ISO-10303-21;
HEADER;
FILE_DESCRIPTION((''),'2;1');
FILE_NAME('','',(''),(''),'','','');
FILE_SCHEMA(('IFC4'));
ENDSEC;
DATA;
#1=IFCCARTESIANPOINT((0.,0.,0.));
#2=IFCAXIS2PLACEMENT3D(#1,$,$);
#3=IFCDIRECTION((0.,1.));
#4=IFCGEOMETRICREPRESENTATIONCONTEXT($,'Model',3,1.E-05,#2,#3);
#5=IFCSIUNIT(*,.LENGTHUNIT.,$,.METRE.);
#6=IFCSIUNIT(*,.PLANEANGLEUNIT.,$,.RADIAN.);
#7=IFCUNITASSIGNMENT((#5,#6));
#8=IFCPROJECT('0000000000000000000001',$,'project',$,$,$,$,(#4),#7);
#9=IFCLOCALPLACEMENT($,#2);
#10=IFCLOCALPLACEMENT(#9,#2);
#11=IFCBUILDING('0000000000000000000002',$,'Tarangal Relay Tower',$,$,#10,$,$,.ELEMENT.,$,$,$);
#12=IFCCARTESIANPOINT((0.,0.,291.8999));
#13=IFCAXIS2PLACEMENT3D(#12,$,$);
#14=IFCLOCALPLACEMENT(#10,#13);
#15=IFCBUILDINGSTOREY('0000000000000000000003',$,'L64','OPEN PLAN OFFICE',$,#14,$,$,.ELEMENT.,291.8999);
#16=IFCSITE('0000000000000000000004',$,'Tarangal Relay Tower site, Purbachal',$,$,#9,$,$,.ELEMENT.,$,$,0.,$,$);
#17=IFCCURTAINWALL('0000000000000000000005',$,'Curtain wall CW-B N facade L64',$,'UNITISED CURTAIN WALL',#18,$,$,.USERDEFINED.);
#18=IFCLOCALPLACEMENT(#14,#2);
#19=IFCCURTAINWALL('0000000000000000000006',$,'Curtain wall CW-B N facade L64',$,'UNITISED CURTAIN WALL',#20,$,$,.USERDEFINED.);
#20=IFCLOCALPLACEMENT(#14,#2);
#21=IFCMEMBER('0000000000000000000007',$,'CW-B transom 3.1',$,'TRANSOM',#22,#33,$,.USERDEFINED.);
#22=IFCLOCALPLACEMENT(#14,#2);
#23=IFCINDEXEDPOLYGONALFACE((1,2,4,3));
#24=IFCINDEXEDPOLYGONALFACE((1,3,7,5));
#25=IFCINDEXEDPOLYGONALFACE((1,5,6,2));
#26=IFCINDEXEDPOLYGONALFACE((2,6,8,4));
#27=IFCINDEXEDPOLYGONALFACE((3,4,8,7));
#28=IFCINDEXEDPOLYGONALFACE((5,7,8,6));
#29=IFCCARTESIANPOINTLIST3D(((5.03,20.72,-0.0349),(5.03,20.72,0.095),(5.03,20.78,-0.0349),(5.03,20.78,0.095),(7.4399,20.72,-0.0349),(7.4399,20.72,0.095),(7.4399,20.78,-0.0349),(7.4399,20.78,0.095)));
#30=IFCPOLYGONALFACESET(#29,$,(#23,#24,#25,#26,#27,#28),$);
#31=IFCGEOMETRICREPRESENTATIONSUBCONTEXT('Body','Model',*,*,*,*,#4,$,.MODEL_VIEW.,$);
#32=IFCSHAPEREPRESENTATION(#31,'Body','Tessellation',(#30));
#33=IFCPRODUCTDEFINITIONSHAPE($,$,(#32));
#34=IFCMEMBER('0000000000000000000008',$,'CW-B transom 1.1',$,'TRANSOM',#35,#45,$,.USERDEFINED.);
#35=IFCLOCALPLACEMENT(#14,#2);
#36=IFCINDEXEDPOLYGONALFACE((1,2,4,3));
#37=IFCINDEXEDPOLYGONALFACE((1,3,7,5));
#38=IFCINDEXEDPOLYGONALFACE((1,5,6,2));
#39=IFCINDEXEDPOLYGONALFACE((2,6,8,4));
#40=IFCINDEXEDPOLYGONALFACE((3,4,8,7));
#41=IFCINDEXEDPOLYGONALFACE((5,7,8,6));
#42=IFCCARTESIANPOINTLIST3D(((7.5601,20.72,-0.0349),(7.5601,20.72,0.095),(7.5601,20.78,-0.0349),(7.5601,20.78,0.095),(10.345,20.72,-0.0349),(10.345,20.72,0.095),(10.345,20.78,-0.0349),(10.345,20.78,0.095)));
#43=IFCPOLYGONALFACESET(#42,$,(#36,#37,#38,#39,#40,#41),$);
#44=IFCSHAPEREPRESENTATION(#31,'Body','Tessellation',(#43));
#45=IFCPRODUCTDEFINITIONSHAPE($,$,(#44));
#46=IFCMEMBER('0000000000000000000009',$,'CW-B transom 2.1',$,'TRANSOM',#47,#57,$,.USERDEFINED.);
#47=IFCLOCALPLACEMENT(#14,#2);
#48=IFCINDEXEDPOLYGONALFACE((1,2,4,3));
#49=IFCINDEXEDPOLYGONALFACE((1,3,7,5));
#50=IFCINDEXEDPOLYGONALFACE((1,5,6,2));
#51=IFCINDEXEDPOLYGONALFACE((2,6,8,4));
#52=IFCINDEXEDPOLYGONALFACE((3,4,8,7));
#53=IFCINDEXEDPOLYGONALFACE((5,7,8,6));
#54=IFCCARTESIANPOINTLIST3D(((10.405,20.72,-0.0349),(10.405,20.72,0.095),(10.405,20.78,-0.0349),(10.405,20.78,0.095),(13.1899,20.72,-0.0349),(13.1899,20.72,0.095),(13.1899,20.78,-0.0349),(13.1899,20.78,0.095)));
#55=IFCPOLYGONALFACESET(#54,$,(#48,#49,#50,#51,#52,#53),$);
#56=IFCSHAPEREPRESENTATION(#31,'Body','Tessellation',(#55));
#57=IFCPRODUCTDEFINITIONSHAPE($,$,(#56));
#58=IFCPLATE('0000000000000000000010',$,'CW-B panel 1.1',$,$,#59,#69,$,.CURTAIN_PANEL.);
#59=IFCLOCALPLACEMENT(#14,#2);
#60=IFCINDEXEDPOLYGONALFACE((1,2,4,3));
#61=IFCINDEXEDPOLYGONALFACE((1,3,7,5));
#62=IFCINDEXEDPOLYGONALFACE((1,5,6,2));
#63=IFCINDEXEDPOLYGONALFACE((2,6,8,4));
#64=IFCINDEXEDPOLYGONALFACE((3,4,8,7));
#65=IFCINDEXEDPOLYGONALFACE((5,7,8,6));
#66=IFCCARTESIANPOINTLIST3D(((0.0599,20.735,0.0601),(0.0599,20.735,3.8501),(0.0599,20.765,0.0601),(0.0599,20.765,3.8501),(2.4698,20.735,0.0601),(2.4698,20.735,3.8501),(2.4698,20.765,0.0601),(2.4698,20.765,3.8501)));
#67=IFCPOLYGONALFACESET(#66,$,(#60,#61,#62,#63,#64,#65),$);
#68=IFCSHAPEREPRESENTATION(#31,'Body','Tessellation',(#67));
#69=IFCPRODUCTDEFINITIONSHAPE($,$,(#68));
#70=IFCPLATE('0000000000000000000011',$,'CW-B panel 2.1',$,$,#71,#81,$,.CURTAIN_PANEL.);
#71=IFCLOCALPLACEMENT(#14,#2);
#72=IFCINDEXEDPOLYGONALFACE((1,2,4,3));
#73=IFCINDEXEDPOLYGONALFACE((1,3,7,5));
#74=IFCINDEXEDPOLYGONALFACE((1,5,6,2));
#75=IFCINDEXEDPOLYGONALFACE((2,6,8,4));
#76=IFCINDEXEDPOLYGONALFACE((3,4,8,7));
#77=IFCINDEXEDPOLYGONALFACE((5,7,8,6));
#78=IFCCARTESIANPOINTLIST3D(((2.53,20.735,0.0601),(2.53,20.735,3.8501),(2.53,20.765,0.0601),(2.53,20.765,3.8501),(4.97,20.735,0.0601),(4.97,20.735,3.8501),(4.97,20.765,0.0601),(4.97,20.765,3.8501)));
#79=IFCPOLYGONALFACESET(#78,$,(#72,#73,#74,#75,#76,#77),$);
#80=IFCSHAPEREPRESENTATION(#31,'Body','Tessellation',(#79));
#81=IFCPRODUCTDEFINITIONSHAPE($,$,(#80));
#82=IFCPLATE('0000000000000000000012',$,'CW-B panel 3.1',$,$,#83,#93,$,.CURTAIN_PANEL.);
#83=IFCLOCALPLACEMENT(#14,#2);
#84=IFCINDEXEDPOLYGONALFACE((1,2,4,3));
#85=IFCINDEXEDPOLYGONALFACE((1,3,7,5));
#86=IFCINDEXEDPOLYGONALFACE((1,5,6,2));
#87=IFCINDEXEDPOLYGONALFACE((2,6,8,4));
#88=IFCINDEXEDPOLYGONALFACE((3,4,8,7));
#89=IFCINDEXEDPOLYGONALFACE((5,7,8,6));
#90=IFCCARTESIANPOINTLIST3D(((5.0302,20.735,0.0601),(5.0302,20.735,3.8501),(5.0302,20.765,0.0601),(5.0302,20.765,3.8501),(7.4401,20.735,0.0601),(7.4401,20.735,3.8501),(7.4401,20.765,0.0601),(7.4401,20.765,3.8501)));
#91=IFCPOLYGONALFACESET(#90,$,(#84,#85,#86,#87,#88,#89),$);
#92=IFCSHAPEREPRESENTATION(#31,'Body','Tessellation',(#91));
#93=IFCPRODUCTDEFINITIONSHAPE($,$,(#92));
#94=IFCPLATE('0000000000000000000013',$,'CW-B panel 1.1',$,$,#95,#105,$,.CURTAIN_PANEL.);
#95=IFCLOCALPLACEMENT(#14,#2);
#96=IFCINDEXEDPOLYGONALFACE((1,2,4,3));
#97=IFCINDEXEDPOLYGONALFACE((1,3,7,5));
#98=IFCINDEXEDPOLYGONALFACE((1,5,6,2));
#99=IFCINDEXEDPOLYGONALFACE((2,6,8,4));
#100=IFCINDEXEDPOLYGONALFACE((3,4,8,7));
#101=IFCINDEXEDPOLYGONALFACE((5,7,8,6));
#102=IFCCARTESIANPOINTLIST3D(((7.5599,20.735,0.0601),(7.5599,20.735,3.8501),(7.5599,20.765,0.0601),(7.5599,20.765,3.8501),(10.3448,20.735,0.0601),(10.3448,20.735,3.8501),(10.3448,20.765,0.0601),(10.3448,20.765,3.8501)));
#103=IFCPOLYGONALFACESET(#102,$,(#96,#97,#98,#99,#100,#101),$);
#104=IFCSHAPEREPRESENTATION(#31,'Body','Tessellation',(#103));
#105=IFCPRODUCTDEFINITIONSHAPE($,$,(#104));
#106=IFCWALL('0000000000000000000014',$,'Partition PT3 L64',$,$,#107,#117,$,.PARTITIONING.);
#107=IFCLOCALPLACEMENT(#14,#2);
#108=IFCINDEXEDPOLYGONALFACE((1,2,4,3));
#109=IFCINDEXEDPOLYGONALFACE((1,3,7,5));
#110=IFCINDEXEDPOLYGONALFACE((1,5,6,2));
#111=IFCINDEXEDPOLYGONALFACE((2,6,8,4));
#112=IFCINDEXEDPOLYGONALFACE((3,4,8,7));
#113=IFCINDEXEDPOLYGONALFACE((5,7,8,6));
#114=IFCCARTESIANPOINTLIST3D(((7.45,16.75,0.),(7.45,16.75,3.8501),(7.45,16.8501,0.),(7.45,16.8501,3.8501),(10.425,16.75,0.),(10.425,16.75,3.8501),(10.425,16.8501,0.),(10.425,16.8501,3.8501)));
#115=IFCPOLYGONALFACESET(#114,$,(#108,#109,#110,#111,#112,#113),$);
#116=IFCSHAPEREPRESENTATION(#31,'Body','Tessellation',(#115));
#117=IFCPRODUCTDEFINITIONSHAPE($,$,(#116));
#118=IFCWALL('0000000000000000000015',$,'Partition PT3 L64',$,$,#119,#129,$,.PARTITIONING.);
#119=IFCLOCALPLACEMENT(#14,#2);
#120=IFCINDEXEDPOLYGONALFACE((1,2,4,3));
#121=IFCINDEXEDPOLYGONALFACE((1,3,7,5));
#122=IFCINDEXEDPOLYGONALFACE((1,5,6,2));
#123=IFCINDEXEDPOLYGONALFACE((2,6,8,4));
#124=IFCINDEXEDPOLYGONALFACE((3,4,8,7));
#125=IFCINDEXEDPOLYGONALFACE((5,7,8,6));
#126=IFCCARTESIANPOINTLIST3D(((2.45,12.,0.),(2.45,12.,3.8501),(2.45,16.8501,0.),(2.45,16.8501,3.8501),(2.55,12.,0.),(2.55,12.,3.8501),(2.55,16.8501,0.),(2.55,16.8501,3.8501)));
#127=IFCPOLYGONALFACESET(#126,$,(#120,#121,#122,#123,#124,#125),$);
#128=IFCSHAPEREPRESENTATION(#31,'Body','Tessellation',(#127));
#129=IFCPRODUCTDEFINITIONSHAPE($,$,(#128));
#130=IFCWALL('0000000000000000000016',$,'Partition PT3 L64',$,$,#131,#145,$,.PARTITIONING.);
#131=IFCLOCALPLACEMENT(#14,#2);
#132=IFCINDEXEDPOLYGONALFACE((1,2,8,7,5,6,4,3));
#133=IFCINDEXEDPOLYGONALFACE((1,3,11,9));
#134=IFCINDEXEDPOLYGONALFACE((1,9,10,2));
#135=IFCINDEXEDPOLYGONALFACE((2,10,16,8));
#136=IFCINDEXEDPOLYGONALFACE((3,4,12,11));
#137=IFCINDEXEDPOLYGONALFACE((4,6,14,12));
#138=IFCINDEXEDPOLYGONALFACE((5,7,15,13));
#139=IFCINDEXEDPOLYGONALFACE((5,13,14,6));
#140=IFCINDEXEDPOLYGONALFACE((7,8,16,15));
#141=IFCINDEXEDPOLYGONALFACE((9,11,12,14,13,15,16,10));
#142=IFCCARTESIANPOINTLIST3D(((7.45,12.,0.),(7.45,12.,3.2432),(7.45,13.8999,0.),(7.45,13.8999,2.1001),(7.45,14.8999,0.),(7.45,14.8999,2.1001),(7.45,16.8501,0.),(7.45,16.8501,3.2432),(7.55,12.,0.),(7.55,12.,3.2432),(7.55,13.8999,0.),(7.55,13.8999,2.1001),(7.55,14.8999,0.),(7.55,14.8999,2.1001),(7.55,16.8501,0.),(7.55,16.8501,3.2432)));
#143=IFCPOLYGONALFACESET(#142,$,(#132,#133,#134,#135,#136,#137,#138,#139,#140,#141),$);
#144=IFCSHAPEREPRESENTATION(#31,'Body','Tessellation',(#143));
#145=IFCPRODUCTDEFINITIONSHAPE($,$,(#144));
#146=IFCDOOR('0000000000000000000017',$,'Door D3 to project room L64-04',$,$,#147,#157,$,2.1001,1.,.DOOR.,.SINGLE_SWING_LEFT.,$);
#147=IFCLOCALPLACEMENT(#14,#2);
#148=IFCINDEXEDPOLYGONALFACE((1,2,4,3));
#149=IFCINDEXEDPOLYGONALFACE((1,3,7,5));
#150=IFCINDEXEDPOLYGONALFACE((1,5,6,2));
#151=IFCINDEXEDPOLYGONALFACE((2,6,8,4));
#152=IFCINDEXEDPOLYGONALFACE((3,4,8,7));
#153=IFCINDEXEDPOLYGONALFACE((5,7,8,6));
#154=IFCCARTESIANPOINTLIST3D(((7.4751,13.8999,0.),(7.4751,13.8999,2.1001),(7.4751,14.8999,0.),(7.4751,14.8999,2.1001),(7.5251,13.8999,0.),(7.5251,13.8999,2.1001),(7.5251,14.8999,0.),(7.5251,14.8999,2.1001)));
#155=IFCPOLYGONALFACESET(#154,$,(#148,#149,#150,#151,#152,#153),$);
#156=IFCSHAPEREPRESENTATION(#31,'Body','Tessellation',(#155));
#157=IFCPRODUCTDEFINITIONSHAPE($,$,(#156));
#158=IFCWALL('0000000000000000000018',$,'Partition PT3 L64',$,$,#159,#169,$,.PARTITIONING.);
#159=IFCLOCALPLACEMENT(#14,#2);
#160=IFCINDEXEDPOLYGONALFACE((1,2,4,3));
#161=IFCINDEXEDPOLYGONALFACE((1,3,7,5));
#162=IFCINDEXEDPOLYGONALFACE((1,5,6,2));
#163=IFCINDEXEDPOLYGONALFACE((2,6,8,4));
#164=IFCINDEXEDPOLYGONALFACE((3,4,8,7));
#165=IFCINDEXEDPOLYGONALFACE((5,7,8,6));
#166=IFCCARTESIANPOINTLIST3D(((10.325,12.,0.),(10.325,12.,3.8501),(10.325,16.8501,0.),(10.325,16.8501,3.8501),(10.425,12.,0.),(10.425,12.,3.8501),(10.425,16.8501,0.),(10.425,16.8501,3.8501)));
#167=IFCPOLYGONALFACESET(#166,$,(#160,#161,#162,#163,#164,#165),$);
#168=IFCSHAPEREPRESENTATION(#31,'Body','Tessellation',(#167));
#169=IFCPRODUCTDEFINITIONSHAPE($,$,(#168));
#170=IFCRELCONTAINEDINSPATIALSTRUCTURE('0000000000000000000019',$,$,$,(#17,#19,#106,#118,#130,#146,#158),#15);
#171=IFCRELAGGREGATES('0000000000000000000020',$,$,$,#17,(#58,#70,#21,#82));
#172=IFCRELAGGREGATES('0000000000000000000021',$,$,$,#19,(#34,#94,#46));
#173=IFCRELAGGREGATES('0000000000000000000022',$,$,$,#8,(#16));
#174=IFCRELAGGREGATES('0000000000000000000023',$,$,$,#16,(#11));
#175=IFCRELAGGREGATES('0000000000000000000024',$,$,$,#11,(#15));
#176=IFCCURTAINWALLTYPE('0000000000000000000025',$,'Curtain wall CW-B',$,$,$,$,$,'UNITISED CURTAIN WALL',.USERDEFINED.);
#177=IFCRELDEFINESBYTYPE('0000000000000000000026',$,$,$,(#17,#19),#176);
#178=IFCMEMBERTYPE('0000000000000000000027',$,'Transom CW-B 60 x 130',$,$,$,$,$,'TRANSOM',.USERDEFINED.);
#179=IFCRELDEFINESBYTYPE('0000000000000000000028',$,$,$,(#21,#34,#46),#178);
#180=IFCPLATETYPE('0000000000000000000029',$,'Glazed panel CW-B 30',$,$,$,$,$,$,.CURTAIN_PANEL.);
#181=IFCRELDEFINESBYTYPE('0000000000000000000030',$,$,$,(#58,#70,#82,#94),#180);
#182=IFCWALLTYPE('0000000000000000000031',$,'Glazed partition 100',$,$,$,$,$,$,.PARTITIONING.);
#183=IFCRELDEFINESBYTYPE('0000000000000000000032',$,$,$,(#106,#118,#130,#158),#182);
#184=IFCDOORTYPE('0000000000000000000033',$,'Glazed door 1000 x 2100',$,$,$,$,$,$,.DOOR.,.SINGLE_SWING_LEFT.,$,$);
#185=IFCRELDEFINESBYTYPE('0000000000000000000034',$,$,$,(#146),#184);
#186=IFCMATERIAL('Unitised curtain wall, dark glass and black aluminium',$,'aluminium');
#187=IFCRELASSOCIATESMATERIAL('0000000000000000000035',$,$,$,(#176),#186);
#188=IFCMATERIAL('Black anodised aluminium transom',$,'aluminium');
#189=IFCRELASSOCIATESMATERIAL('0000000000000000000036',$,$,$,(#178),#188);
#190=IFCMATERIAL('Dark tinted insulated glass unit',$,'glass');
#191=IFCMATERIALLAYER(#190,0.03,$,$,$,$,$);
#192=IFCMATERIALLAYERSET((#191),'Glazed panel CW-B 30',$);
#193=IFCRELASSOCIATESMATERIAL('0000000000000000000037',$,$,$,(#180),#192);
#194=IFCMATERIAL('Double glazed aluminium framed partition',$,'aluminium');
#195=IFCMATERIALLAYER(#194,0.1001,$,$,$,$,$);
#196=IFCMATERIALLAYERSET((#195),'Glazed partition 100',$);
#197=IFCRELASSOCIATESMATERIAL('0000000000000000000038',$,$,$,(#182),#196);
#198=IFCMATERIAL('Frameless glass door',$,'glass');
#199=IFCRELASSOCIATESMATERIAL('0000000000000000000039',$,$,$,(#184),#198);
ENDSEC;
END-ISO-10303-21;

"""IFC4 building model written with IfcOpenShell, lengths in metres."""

from ifc_helpers import new_model, si_unit, direction, frame, frame_2d, origin, origin_2d, place, context, subcontext, project, spatial, rectangle, extrude, material, layer, layer_set, material_profile, profile_set, type_object, element, fill, aggregate, save


model = new_model("IFC4")

# Units and contexts
model_context = context("Model", 3, precision=1e-05, world=origin(), true_north=direction((0.0, 1.0)))
body_context = subcontext(model_context, "Body", "Model", "MODEL_VIEW")
ifc_project = project(units=[si_unit("LENGTHUNIT", "METRE"), si_unit("PLANEANGLEUNIT", "RADIAN")], contexts=[model_context])

# Site, building, storey
site_placement = place(None, origin())
site = spatial("IfcSite", under=ifc_project, at=site_placement, Name="Tarangal Relay Tower site, Purbachal", CompositionType="ELEMENT", RefElevation=0.0)
building_placement = place(site_placement, origin())
building = spatial("IfcBuilding", under=site, at=building_placement, Name="Tarangal Relay Tower", CompositionType="ELEMENT")
storey_placement = place(building_placement, frame((0.0, 0.0, 291.8999)))
storey = spatial("IfcBuildingStorey", under=building, at=storey_placement, Name="L64", Description="OPEN PLAN OFFICE", CompositionType="ELEMENT", Elevation=291.8999)

# Curtain walls
ifc_material_1 = material(Name="Unitised curtain wall, dark glass and black aluminium", Category="aluminium")
curtain_wall_type = type_object("IfcCurtainWallType", Name="Curtain wall CW-B", ElementType="UNITISED CURTAIN WALL", PredefinedType="USERDEFINED", material=ifc_material_1)
curtain_wall_1_placement = place(storey_placement, origin())
curtain_wall_1 = element("IfcCurtainWall", 1, at=curtain_wall_1_placement, inside=storey, type_object=curtain_wall_type, Name="Curtain wall CW-B N facade L64", ObjectType="UNITISED CURTAIN WALL", PredefinedType="USERDEFINED")
curtain_wall_2_placement = place(storey_placement, origin())
curtain_wall_2 = element("IfcCurtainWall", 2, at=curtain_wall_2_placement, inside=storey, type_object=curtain_wall_type, Name="Curtain wall CW-B N facade L64", ObjectType="UNITISED CURTAIN WALL", PredefinedType="USERDEFINED")

# Members
ifc_material_2 = material(Name="Black anodised aluminium transom", Category="aluminium")
ifc_material_profile_1 = material_profile(ifc_material_2, rectangle(XDim=0.0601, YDim=0.1299, at=origin_2d()), Name="CW-BT 60X130")
ifc_profile_set_1 = profile_set([ifc_material_profile_1], Name="Black anodised aluminium transom")
member_type_1 = type_object("IfcMemberType", Name="Transom CW-B 60 x 130", ElementType="TRANSOM", PredefinedType="USERDEFINED", material=ifc_profile_set_1)
member_1_placement = place(storey_placement, frame((5.03, 20.75, 0.03), z_axis=(1.0, 0.0, 0.0), x_axis=(0.0, 1.0, 0.0)))
member_1 = element("IfcMember", 3, at=member_1_placement, type_object=member_type_1, Name="CW-B transom 3.1", ObjectType="TRANSOM", PredefinedType="USERDEFINED", context=body_context, shape_type="SweptSolid", body=[
    extrude(rectangle(XDim=0.0601, YDim=0.1299, at=origin_2d()), origin(), (0.0, 0.0, 1.0), 2.4099),
])
member_2_placement = place(storey_placement, frame((7.5601, 20.75, 0.03), z_axis=(1.0, 0.0, 0.0), x_axis=(0.0, 1.0, 0.0)))
member_2 = element("IfcMember", 4, at=member_2_placement, type_object=member_type_1, Name="CW-B transom 1.1", ObjectType="TRANSOM", PredefinedType="USERDEFINED", context=body_context, shape_type="SweptSolid", body=[
    extrude(rectangle(XDim=0.0601, YDim=0.1299, at=origin_2d()), origin(), (0.0, 0.0, 1.0), 2.7849),
])
member_3_placement = place(storey_placement, frame((10.405, 20.75, 0.03), z_axis=(1.0, 0.0, 0.0), x_axis=(0.0, 1.0, 0.0)))
member_3 = element("IfcMember", 5, at=member_3_placement, type_object=member_type_1, Name="CW-B transom 2.1", ObjectType="TRANSOM", PredefinedType="USERDEFINED", context=body_context, shape_type="SweptSolid", body=[
    extrude(rectangle(XDim=0.0601, YDim=0.1299, at=origin_2d()), origin(), (0.0, 0.0, 1.0), 2.7849),
])

# Plates
ifc_material_3 = material(Name="Dark tinted insulated glass unit", Category="glass")
ifc_layer_1 = layer(ifc_material_3, 0.03)
ifc_layer_set_1 = layer_set([ifc_layer_1], Name="Glazed panel CW-B 30")
plate_type = type_object("IfcPlateType", Name="Glazed panel CW-B 30", PredefinedType="CURTAIN_PANEL", material=ifc_layer_set_1)
plate_1_placement = place(storey_placement, frame((1.2649, 20.75, 0.0601), z_axis=(0.0, 0.0, 1.0), x_axis=(1.0, 0.0, 0.0)))
plate_1 = element("IfcPlate", 6, at=plate_1_placement, type_object=plate_type, Name="CW-B panel 1.1", PredefinedType="CURTAIN_PANEL", context=body_context, shape_type="SweptSolid", body=[
    extrude(rectangle(XDim=2.4099, YDim=0.03, at=origin_2d()), origin(), (0.0, 0.0, 1.0), 3.79),
])
plate_2_placement = place(storey_placement, frame((3.75, 20.75, 0.0601), z_axis=(0.0, 0.0, 1.0), x_axis=(1.0, 0.0, 0.0)))
plate_2 = element("IfcPlate", 7, at=plate_2_placement, type_object=plate_type, Name="CW-B panel 2.1", PredefinedType="CURTAIN_PANEL", context=body_context, shape_type="SweptSolid", body=[
    extrude(rectangle(XDim=2.4399, YDim=0.03, at=origin_2d()), origin(), (0.0, 0.0, 1.0), 3.79),
])
plate_3_placement = place(storey_placement, frame((6.2351, 20.75, 0.0601), z_axis=(0.0, 0.0, 1.0), x_axis=(1.0, 0.0, 0.0)))
plate_3 = element("IfcPlate", 8, at=plate_3_placement, type_object=plate_type, Name="CW-B panel 3.1", PredefinedType="CURTAIN_PANEL", context=body_context, shape_type="SweptSolid", body=[
    extrude(rectangle(XDim=2.4099, YDim=0.03, at=origin_2d()), origin(), (0.0, 0.0, 1.0), 3.79),
])
aggregate(curtain_wall_1, [plate_1, plate_2, member_1, plate_3])
plate_4_placement = place(storey_placement, frame((8.9524, 20.75, 0.0601), z_axis=(0.0, 0.0, 1.0), x_axis=(1.0, 0.0, 0.0)))
plate_4 = element("IfcPlate", 9, at=plate_4_placement, type_object=plate_type, Name="CW-B panel 1.1", PredefinedType="CURTAIN_PANEL", context=body_context, shape_type="SweptSolid", body=[
    extrude(rectangle(XDim=2.7849, YDim=0.03, at=origin_2d()), origin(), (0.0, 0.0, 1.0), 3.79),
])
aggregate(curtain_wall_2, [member_2, plate_4, member_3])

# Walls
ifc_material_4 = material(Name="Double glazed aluminium framed partition", Category="aluminium")
ifc_layer_2 = layer(ifc_material_4, 0.1001)
ifc_layer_set_2 = layer_set([ifc_layer_2], Name="Glazed partition 100")
wall_type = type_object("IfcWallType", Name="Glazed partition 100", PredefinedType="PARTITIONING", material=ifc_layer_set_2)
wall_1_placement = place(storey_placement, frame((7.45, 16.8, 0.0), z_axis=(0.0, 0.0, 1.0), x_axis=(1.0, 0.0, 0.0)))
element("IfcWall", 10, at=wall_1_placement, inside=storey, type_object=wall_type, Name="Partition PT3 L64", PredefinedType="PARTITIONING", context=body_context, shape_type="SweptSolid", body=[
    extrude(rectangle(XDim=2.9751, YDim=0.1001, at=frame_2d((1.4875, 0.0))), origin(), (0.0, 0.0, 1.0), 3.8501),
])
wall_2_placement = place(storey_placement, frame((2.5, 12.0, 0.0), z_axis=(0.0, 0.0, 1.0), x_axis=(0.0, 1.0, 0.0)))
element("IfcWall", 11, at=wall_2_placement, inside=storey, type_object=wall_type, Name="Partition PT3 L64", PredefinedType="PARTITIONING", context=body_context, shape_type="SweptSolid", body=[
    extrude(rectangle(XDim=4.8501, YDim=0.1001, at=frame_2d((2.425, 0.0))), origin(), (0.0, 0.0, 1.0), 3.8501),
])

# Wall, opening, door
wall_3_placement = place(storey_placement, frame((7.5, 12.0, 0.0), z_axis=(0.0, 0.0, 1.0), x_axis=(0.0, 1.0, 0.0)))
wall_3 = element("IfcWall", 12, at=wall_3_placement, inside=storey, type_object=wall_type, Name="Partition PT3 L64", PredefinedType="PARTITIONING", context=body_context, shape_type="SweptSolid", body=[
    extrude(rectangle(XDim=4.8501, YDim=0.1001, at=frame_2d((2.425, 0.0))), origin(), (0.0, 0.0, 1.0), 3.2432),
])
opening_placement = place(wall_3_placement, frame((1.8999, 0.0, 0.0)))
opening = element("IfcOpeningElement", 13, at=opening_placement, cuts=wall_3, PredefinedType="OPENING", context=body_context, shape_type="SweptSolid", body=[
    extrude(rectangle(XDim=1.0, YDim=2.1001, at=frame_2d((0.5, 1.05))), frame((0.0, 0.0601, 0.0), z_axis=(0.0, -1.0, 0.0), x_axis=(1.0, 0.0, 0.0)), (0.0, 0.0, 1.0), 0.1201),
])
ifc_material_5 = material(Name="Frameless glass door", Category="glass")
door_type = type_object("IfcDoorType", Name="Glazed door 1000 x 2100", OperationType="SINGLE_SWING_LEFT", PredefinedType="DOOR", material=ifc_material_5)
door_placement = place(opening_placement, origin())
door = element("IfcDoor", 14, at=door_placement, inside=storey, type_object=door_type, Name="Door D3 to project room L64-04", OperationType="SINGLE_SWING_LEFT", OverallHeight=2.1001, OverallWidth=1.0, PredefinedType="DOOR", context=body_context, shape_type="SweptSolid", body=[
    extrude(rectangle(XDim=1.0, YDim=2.1001, at=frame_2d((0.5, 1.05))), frame((0.0, 0.0249, 0.0), z_axis=(0.0, -1.0, 0.0), x_axis=(1.0, 0.0, 0.0)), (0.0, 0.0, 1.0), 0.05),
])
fill(opening, door)

# Wall
wall_4_placement = place(storey_placement, frame((10.375, 12.0, 0.0), z_axis=(0.0, 0.0, 1.0), x_axis=(0.0, 1.0, 0.0)))
element("IfcWall", 15, at=wall_4_placement, inside=storey, type_object=wall_type, Name="Partition PT3 L64", PredefinedType="PARTITIONING", context=body_context, shape_type="SweptSolid", body=[
    extrude(rectangle(XDim=4.8501, YDim=0.1001, at=frame_2d((2.425, 0.0))), origin(), (0.0, 0.0, 1.0), 3.8501),
])

save(model, "model.ifc")
